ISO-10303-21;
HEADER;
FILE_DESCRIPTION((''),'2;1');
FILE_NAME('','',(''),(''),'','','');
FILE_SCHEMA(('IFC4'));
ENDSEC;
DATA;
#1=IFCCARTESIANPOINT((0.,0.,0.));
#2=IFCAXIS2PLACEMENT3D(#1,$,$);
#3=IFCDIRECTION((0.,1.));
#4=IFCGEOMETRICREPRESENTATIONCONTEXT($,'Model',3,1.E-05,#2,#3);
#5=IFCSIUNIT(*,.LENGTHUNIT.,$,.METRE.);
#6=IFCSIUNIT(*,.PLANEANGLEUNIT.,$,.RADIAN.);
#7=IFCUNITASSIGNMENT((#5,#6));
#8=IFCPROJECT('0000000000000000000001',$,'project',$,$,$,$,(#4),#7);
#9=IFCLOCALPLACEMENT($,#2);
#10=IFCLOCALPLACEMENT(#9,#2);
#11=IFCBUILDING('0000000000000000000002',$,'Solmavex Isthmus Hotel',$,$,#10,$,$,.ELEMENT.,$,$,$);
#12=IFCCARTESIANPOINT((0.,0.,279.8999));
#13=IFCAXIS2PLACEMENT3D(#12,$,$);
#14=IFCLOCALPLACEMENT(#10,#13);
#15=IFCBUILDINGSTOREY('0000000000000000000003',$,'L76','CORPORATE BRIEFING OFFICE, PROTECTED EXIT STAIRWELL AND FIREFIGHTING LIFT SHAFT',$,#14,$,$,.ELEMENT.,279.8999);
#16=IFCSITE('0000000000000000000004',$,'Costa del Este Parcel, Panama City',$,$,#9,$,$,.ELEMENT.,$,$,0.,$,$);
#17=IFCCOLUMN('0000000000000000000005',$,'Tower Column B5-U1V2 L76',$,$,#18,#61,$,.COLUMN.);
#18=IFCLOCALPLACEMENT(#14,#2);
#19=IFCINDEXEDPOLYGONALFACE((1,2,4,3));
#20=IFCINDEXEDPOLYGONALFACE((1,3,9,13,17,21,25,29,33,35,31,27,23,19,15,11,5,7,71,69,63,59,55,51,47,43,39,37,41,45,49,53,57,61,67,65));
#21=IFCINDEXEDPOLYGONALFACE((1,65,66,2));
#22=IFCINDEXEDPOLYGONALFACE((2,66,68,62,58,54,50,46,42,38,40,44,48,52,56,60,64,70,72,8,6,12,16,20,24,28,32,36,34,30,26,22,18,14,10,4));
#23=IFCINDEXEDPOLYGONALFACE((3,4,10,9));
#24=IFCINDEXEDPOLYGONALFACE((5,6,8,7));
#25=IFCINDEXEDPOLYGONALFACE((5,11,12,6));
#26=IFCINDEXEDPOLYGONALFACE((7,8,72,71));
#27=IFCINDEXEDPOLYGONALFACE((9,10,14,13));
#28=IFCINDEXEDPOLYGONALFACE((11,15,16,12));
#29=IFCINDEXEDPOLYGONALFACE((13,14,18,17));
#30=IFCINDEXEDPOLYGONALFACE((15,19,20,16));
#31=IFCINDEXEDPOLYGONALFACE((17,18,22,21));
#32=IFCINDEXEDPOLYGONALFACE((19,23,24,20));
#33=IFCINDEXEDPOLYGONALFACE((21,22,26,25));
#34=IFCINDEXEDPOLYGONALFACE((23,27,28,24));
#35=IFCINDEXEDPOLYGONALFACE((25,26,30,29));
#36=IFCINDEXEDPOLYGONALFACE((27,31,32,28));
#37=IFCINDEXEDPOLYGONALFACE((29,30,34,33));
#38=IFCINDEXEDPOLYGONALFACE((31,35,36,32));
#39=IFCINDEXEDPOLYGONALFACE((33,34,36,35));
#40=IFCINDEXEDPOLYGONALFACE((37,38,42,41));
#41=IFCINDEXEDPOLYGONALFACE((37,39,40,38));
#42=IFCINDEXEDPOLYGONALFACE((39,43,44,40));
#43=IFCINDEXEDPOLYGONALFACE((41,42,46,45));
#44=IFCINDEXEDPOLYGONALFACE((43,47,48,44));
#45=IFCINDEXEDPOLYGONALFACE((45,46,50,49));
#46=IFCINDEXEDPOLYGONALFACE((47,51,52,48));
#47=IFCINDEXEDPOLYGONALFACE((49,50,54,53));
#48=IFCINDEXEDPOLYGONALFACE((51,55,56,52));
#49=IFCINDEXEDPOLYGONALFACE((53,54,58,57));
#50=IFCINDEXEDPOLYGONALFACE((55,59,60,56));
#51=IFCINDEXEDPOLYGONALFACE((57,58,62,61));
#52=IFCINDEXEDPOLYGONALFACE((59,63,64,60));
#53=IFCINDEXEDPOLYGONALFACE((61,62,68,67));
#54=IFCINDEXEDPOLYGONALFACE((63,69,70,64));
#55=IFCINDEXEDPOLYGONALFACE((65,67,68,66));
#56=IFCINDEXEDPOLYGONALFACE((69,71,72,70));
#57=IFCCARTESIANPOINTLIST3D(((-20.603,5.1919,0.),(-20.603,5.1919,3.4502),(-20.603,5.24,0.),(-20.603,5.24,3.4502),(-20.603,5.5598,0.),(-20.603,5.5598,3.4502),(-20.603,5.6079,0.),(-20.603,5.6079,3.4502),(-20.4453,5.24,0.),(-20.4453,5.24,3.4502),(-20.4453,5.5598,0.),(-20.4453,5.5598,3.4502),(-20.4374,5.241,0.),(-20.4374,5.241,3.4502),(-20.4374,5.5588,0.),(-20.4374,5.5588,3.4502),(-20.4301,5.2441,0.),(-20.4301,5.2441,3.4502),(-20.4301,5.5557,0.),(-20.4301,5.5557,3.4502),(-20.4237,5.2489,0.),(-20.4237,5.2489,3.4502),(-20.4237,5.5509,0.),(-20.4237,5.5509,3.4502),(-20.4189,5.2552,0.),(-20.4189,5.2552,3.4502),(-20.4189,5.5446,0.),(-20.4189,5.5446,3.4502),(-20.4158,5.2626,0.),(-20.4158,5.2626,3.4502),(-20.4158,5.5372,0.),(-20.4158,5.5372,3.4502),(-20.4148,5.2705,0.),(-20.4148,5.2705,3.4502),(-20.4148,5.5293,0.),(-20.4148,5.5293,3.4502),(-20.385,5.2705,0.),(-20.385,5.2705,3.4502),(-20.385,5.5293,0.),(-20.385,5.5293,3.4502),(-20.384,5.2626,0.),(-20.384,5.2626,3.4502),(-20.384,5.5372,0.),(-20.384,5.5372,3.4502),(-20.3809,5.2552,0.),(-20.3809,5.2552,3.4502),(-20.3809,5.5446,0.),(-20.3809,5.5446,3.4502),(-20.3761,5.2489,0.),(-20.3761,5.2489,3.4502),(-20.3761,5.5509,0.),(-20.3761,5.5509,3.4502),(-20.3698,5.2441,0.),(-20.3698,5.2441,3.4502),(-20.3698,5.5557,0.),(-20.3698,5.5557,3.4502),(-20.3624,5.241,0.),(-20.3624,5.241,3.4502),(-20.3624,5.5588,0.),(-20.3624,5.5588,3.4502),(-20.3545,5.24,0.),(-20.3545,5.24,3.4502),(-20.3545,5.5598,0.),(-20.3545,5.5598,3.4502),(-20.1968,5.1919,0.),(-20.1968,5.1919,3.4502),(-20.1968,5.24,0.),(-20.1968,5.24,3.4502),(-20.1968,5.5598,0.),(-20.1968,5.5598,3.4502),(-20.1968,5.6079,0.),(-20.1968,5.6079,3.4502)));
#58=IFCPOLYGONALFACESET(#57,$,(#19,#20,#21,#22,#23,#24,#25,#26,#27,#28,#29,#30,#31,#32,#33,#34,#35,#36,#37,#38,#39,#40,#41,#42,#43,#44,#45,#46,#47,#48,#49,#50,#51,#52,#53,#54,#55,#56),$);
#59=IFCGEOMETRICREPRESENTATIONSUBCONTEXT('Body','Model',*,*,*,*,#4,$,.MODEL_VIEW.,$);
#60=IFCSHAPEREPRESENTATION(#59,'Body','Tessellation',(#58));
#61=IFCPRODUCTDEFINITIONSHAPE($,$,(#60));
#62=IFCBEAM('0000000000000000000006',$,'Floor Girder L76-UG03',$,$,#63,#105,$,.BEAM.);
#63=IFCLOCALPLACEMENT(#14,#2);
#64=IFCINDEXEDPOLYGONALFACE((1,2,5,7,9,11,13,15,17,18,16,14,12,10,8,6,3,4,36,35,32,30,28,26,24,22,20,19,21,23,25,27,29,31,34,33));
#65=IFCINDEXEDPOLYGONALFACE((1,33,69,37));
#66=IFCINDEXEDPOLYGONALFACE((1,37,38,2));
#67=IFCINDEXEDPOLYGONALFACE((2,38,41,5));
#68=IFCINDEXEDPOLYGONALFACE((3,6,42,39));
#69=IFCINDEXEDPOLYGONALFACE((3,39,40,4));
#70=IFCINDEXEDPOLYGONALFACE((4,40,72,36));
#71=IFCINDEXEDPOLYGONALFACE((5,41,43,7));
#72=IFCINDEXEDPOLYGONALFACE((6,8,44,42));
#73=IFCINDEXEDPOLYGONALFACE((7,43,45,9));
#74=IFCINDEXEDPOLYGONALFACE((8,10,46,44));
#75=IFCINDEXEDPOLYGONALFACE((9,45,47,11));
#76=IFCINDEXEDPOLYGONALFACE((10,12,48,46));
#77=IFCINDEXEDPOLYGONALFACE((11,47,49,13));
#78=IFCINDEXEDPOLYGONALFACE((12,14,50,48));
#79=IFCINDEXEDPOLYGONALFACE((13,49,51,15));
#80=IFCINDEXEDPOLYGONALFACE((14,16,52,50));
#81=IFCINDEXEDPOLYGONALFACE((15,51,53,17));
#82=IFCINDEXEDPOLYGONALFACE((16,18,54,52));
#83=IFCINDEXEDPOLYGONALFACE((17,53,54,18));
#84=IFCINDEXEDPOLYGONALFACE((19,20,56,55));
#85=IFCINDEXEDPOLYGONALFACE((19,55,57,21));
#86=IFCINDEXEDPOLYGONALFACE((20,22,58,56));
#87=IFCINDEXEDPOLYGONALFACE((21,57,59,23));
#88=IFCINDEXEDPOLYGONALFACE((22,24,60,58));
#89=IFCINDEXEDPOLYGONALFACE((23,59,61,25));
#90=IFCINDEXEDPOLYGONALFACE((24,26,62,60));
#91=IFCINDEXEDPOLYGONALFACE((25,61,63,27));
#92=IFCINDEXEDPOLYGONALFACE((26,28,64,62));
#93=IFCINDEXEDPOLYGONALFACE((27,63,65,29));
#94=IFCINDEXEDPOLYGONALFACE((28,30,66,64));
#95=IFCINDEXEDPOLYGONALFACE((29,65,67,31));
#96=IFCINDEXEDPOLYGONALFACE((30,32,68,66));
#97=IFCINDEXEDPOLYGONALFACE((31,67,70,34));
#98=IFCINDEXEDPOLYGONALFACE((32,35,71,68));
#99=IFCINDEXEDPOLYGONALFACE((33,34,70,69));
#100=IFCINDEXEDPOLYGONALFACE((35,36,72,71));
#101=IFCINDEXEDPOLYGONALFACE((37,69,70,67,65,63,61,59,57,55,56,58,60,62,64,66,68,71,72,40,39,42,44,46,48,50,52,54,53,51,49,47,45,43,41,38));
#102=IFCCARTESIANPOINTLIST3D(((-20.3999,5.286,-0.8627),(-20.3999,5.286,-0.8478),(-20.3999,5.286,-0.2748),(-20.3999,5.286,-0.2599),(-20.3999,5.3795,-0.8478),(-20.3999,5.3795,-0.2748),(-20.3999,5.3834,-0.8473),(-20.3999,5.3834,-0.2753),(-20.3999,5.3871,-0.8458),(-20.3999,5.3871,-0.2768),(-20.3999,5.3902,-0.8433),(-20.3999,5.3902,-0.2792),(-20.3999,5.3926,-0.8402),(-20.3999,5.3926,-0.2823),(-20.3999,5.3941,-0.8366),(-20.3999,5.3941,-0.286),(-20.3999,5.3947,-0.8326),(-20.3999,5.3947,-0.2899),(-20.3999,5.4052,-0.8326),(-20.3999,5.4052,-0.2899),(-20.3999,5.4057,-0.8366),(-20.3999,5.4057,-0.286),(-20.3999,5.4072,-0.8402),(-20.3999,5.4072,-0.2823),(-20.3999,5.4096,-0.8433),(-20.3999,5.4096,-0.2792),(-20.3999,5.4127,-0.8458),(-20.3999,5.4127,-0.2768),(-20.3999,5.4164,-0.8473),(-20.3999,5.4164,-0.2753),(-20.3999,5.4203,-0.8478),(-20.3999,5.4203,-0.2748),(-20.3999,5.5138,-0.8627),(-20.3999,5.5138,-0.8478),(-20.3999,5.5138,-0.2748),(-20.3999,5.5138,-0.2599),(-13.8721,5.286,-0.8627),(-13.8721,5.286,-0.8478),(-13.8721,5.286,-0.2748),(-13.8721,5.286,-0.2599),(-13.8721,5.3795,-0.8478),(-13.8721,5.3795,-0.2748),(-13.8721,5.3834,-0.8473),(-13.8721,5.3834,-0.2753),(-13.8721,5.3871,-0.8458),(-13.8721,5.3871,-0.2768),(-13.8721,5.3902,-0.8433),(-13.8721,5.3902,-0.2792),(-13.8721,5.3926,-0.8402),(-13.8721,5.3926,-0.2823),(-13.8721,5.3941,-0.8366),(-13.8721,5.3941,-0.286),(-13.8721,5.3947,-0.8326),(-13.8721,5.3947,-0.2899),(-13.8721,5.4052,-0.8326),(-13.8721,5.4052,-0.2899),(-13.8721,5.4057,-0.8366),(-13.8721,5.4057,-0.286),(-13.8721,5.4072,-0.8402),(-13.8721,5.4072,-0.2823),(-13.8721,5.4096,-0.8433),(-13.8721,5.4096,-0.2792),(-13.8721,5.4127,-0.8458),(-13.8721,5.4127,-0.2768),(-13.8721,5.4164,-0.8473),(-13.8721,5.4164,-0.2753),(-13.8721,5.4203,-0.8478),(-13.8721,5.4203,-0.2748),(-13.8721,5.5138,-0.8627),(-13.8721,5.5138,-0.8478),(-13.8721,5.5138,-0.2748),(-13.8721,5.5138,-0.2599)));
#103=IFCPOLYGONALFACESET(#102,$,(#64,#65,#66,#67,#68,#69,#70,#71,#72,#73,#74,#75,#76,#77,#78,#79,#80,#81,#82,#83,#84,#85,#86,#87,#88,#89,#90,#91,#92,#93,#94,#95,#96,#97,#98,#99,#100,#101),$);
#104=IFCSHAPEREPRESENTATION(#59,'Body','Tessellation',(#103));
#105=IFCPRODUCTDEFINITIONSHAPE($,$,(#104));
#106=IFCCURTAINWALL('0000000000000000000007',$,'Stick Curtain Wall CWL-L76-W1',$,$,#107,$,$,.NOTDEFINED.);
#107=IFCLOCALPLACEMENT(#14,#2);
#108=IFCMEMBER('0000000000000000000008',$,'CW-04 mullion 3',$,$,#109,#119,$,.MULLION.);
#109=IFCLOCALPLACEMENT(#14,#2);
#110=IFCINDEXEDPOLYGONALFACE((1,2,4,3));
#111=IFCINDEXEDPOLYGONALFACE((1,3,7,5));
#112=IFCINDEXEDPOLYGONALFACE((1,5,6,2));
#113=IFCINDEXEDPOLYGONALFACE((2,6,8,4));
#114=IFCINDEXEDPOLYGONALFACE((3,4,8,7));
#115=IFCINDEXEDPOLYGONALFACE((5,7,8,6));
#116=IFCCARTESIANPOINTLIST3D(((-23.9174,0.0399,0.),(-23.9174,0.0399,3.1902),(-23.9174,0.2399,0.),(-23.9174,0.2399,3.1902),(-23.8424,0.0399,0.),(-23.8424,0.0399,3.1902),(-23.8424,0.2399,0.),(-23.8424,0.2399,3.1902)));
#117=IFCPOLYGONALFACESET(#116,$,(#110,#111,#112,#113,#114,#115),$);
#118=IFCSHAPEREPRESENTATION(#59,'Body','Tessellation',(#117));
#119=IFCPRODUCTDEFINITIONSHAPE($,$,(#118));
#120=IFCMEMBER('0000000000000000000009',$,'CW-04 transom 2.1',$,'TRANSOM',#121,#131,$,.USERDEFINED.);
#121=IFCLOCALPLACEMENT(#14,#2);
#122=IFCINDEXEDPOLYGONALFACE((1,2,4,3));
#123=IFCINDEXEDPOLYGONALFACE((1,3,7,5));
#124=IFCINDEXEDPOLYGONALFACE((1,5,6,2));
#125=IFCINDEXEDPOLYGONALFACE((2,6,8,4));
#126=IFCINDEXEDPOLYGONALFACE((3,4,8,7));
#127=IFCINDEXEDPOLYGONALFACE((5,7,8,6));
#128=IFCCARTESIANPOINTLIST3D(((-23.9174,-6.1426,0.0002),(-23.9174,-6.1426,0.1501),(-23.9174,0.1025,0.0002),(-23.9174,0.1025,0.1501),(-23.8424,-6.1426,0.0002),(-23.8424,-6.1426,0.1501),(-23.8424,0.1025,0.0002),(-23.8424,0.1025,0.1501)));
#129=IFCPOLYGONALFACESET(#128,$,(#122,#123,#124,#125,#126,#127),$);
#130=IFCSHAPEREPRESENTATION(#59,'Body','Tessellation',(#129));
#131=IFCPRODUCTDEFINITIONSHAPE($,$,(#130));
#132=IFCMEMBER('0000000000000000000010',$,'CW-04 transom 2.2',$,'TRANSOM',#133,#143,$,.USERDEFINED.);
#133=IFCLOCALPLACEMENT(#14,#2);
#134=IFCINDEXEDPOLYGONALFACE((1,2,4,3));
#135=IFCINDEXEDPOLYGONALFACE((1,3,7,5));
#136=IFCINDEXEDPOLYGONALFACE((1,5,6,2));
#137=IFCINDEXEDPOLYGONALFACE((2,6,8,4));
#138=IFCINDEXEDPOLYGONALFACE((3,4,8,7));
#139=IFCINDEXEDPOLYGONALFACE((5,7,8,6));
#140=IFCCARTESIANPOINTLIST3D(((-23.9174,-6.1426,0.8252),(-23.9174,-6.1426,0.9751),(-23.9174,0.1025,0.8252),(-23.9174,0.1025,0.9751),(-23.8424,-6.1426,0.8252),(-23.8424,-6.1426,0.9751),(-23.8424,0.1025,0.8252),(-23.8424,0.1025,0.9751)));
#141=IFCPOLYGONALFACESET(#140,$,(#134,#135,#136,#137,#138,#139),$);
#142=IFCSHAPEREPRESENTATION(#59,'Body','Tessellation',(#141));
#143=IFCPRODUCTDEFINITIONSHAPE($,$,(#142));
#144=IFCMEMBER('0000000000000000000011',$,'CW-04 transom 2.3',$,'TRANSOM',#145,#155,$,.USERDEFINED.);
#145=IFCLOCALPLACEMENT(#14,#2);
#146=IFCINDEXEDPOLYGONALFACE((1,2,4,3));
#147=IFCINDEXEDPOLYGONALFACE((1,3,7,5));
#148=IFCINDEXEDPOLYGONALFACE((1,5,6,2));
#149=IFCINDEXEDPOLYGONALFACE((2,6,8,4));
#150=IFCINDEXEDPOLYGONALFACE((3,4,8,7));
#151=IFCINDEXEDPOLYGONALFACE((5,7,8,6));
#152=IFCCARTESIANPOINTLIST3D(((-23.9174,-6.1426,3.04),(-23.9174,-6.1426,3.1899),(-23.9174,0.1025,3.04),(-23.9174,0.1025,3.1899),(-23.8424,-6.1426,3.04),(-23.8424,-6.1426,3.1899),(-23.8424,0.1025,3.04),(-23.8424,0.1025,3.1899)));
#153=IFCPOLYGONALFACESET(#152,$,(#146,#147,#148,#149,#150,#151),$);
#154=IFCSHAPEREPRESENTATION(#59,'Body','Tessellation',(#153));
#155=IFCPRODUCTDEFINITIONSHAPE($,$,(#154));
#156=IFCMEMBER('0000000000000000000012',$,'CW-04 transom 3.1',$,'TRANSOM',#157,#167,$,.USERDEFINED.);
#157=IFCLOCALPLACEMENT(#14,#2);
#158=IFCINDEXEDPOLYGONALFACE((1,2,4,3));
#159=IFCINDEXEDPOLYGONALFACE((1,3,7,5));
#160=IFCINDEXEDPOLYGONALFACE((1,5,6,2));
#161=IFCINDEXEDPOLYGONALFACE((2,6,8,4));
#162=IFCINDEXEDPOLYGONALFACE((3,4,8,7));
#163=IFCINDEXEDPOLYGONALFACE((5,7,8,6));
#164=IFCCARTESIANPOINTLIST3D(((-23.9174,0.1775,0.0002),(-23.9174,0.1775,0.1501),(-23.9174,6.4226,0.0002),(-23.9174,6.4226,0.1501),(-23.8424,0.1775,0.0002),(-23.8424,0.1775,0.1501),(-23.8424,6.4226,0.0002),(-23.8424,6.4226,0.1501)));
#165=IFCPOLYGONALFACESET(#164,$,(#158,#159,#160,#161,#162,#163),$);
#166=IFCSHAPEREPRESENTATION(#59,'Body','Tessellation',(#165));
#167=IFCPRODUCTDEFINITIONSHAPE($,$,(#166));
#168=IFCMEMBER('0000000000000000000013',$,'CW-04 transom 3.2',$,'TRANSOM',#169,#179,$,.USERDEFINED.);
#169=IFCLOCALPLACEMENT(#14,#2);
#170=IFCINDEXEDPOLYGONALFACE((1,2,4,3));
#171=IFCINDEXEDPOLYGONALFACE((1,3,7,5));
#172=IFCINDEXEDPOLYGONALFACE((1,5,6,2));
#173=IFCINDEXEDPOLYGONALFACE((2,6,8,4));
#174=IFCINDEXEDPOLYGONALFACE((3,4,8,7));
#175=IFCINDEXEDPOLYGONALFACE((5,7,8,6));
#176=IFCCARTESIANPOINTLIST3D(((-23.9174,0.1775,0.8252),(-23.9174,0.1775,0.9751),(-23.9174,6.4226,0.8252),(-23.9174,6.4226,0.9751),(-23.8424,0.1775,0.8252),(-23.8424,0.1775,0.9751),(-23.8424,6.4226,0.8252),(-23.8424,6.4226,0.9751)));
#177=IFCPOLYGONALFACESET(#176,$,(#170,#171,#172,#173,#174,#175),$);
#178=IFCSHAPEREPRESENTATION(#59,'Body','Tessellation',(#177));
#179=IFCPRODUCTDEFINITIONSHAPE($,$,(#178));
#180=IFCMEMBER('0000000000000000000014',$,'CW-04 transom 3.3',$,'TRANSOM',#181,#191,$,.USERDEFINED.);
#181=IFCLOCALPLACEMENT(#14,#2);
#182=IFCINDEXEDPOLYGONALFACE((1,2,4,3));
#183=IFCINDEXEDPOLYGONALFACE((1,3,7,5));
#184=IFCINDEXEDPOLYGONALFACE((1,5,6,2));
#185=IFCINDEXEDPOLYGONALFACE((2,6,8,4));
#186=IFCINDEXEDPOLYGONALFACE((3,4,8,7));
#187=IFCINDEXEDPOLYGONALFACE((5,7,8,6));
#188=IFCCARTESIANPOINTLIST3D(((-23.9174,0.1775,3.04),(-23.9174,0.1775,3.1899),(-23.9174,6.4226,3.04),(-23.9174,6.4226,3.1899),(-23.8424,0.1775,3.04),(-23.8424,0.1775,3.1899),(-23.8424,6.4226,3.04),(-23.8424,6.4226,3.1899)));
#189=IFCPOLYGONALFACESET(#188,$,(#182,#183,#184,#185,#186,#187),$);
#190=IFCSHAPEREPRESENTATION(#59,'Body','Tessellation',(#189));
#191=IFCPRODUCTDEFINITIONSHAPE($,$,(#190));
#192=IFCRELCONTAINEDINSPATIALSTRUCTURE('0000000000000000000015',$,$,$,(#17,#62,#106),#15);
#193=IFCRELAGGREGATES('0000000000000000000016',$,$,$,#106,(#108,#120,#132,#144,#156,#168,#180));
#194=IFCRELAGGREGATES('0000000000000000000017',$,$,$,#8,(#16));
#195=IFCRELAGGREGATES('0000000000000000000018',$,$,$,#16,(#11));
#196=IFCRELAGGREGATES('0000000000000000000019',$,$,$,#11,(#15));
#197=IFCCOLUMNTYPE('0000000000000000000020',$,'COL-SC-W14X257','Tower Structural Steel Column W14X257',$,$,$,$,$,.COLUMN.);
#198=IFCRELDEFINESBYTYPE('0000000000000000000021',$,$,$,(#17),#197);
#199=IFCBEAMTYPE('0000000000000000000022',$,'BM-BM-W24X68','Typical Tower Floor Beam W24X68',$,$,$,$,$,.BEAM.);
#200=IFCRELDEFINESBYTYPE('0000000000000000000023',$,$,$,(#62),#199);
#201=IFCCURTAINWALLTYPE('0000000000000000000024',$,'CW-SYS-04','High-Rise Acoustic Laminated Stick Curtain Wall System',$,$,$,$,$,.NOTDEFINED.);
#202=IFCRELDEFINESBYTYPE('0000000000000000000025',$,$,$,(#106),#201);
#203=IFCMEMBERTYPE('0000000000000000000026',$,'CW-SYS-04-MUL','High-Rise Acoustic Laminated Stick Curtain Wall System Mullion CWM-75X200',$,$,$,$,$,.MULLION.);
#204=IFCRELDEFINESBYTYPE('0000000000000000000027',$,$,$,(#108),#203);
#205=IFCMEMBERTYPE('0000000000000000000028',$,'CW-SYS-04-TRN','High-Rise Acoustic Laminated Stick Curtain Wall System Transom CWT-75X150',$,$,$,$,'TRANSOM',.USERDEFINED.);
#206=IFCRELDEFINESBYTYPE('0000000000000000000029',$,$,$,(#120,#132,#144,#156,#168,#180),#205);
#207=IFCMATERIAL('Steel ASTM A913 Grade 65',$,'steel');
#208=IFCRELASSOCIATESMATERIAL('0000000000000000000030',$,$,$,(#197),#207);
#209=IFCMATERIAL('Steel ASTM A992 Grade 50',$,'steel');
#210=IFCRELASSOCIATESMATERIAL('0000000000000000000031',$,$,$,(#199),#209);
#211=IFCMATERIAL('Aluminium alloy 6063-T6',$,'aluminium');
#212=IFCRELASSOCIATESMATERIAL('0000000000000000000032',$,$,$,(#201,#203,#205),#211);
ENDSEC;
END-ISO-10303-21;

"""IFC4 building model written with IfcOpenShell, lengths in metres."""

from ifc_helpers import new_model, si_unit, direction, frame, origin, origin_2d, place, context, subcontext, project, spatial, rectangle, i_section, extrude, material, material_profile, profile_set, type_object, element, aggregate, save


model = new_model("IFC4")

# Units and contexts
model_context = context("Model", 3, precision=1e-05, world=origin(), true_north=direction((0.0, 1.0)))
body_context = subcontext(model_context, "Body", "Model", "MODEL_VIEW")
ifc_project = project(units=[si_unit("LENGTHUNIT", "METRE"), si_unit("PLANEANGLEUNIT", "RADIAN")], contexts=[model_context])

# Site, building, storey
site_placement = place(None, origin())
site = spatial("IfcSite", under=ifc_project, at=site_placement, Name="Costa del Este Parcel, Panama City", CompositionType="ELEMENT", RefElevation=0.0)
building_placement = place(site_placement, origin())
building = spatial("IfcBuilding", under=site, at=building_placement, Name="Solmavex Isthmus Hotel", CompositionType="ELEMENT")
storey_placement = place(building_placement, frame((0.0, 0.0, 279.8999)))
storey = spatial("IfcBuildingStorey", under=building, at=storey_placement, Name="L76", Description="CORPORATE BRIEFING OFFICE, PROTECTED EXIT STAIRWELL AND FIREFIGHTING LIFT SHAFT", CompositionType="ELEMENT", Elevation=279.8999)

# Column
ifc_material_1 = material(Name="Steel ASTM A913 Grade 65", Category="steel")
ifc_material_profile_1 = material_profile(ifc_material_1, i_section(OverallWidth=0.4062, OverallDepth=0.416, WebThickness=0.0298, FlangeThickness=0.0481, FilletRadius=0.0305, at=origin_2d()), Name="W14X257")
ifc_profile_set_1 = profile_set([ifc_material_profile_1], Name="Steel ASTM A913 Grade 65")
column_type = type_object("IfcColumnType", Name="COL-SC-W14X257", Description="Tower Structural Steel Column W14X257", PredefinedType="COLUMN", material=ifc_profile_set_1)
column_placement = place(storey_placement, frame((-20.3999, 5.3999, 0.0), z_axis=(0.0, 0.0, 1.0), x_axis=(1.0, 0.0, 0.0)))
element("IfcColumn", 1, at=column_placement, inside=storey, type_object=column_type, Name="Tower Column B5-U1V2 L76", PredefinedType="COLUMN", context=body_context, shape_type="SweptSolid", body=[
    extrude(i_section(OverallWidth=0.4062, OverallDepth=0.416, WebThickness=0.0298, FlangeThickness=0.0481, FilletRadius=0.0305, at=origin_2d()), origin(), (0.0, 0.0, 1.0), 3.4502),
])

# Beam
ifc_material_2 = material(Name="Steel ASTM A992 Grade 50", Category="steel")
ifc_material_profile_2 = material_profile(ifc_material_2, i_section(OverallWidth=0.2278, OverallDepth=0.6028, WebThickness=0.0105, FlangeThickness=0.0149, FilletRadius=0.0151, at=origin_2d()), Name="W24X68")
ifc_profile_set_2 = profile_set([ifc_material_profile_2], Name="Steel ASTM A992 Grade 50")
beam_type = type_object("IfcBeamType", Name="BM-BM-W24X68", Description="Typical Tower Floor Beam W24X68", PredefinedType="BEAM", material=ifc_profile_set_2)
beam_placement = place(storey_placement, frame((-20.3999, 5.3999, -0.5613), z_axis=(1.0, 0.0, 0.0), x_axis=(0.0, 1.0, 0.0)))
element("IfcBeam", 2, at=beam_placement, inside=storey, type_object=beam_type, Name="Floor Girder L76-UG03", PredefinedType="BEAM", context=body_context, shape_type="SweptSolid", body=[
    extrude(i_section(OverallWidth=0.2278, OverallDepth=0.6028, WebThickness=0.0105, FlangeThickness=0.0149, FilletRadius=0.0151, at=origin_2d()), origin(), (0.0, 0.0, 1.0), 6.5278),
])

# Curtain wall, members
ifc_material_3 = material(Name="Aluminium alloy 6063-T6", Category="aluminium")
curtain_wall_type = type_object("IfcCurtainWallType", Name="CW-SYS-04", Description="High-Rise Acoustic Laminated Stick Curtain Wall System", PredefinedType="NOTDEFINED", material=ifc_material_3)
curtain_wall_placement = place(storey_placement, origin())
curtain_wall = element("IfcCurtainWall", 3, at=curtain_wall_placement, inside=storey, type_object=curtain_wall_type, Name="Stick Curtain Wall CWL-L76-W1", PredefinedType="NOTDEFINED")
ifc_material_profile_3 = material_profile(ifc_material_3, rectangle(XDim=0.075, YDim=0.2, at=origin_2d()), Name="CWM-75X200")
ifc_profile_set_3 = profile_set([ifc_material_profile_3], Name="Aluminium alloy 6063-T6")
member_type_1 = type_object("IfcMemberType", Name="CW-SYS-04-MUL", Description="High-Rise Acoustic Laminated Stick Curtain Wall System Mullion CWM-75X200", PredefinedType="MULLION", material=ifc_profile_set_3)
member_1_placement = place(storey_placement, frame((-23.8799, 0.1399, 0.0), z_axis=(0.0, 0.0, 1.0), x_axis=(-1.0, 0.0, 0.0)))
member_1 = element("IfcMember", 4, at=member_1_placement, type_object=member_type_1, Name="CW-04 mullion 3", PredefinedType="MULLION", context=body_context, shape_type="SweptSolid", body=[
    extrude(rectangle(XDim=0.075, YDim=0.2, at=origin_2d()), origin(), (0.0, 0.0, 1.0), 3.1902),
])
ifc_material_profile_4 = material_profile(ifc_material_3, rectangle(XDim=0.075, YDim=0.1499, at=origin_2d()), Name="CWT-75X150")
ifc_profile_set_4 = profile_set([ifc_material_profile_4], Name="Aluminium alloy 6063-T6")
member_type_2 = type_object("IfcMemberType", Name="CW-SYS-04-TRN", Description="High-Rise Acoustic Laminated Stick Curtain Wall System Transom CWT-75X150", ElementType="TRANSOM", PredefinedType="USERDEFINED", material=ifc_profile_set_4)
member_2_placement = place(storey_placement, frame((-23.8799, -6.1426, 0.0752), z_axis=(0.0, 1.0, 0.0), x_axis=(-1.0, 0.0, 0.0)))
member_2 = element("IfcMember", 5, at=member_2_placement, type_object=member_type_2, Name="CW-04 transom 2.1", ObjectType="TRANSOM", PredefinedType="USERDEFINED", context=body_context, shape_type="SweptSolid", body=[
    extrude(rectangle(XDim=0.075, YDim=0.1499, at=origin_2d()), origin(), (0.0, 0.0, 1.0), 6.2451),
])
member_3_placement = place(storey_placement, frame((-23.8799, -6.1426, 0.9001), z_axis=(0.0, 1.0, 0.0), x_axis=(-1.0, 0.0, 0.0)))
member_3 = element("IfcMember", 6, at=member_3_placement, type_object=member_type_2, Name="CW-04 transom 2.2", ObjectType="TRANSOM", PredefinedType="USERDEFINED", context=body_context, shape_type="SweptSolid", body=[
    extrude(rectangle(XDim=0.075, YDim=0.1499, at=origin_2d()), origin(), (0.0, 0.0, 1.0), 6.2451),
])
member_4_placement = place(storey_placement, frame((-23.8799, -6.1426, 3.115), z_axis=(0.0, 1.0, 0.0), x_axis=(-1.0, 0.0, 0.0)))
member_4 = element("IfcMember", 7, at=member_4_placement, type_object=member_type_2, Name="CW-04 transom 2.3", ObjectType="TRANSOM", PredefinedType="USERDEFINED", context=body_context, shape_type="SweptSolid", body=[
    extrude(rectangle(XDim=0.075, YDim=0.1499, at=origin_2d()), origin(), (0.0, 0.0, 1.0), 6.2451),
])
member_5_placement = place(storey_placement, frame((-23.8799, 0.1775, 0.0752), z_axis=(0.0, 1.0, 0.0), x_axis=(-1.0, 0.0, 0.0)))
member_5 = element("IfcMember", 8, at=member_5_placement, type_object=member_type_2, Name="CW-04 transom 3.1", ObjectType="TRANSOM", PredefinedType="USERDEFINED", context=body_context, shape_type="SweptSolid", body=[
    extrude(rectangle(XDim=0.075, YDim=0.1499, at=origin_2d()), origin(), (0.0, 0.0, 1.0), 6.2451),
])
member_6_placement = place(storey_placement, frame((-23.8799, 0.1775, 0.9001), z_axis=(0.0, 1.0, 0.0), x_axis=(-1.0, 0.0, 0.0)))
member_6 = element("IfcMember", 9, at=member_6_placement, type_object=member_type_2, Name="CW-04 transom 3.2", ObjectType="TRANSOM", PredefinedType="USERDEFINED", context=body_context, shape_type="SweptSolid", body=[
    extrude(rectangle(XDim=0.075, YDim=0.1499, at=origin_2d()), origin(), (0.0, 0.0, 1.0), 6.2451),
])
member_7_placement = place(storey_placement, frame((-23.8799, 0.1775, 3.115), z_axis=(0.0, 1.0, 0.0), x_axis=(-1.0, 0.0, 0.0)))
member_7 = element("IfcMember", 10, at=member_7_placement, type_object=member_type_2, Name="CW-04 transom 3.3", ObjectType="TRANSOM", PredefinedType="USERDEFINED", context=body_context, shape_type="SweptSolid", body=[
    extrude(rectangle(XDim=0.075, YDim=0.1499, at=origin_2d()), origin(), (0.0, 0.0, 1.0), 6.2451),
])
aggregate(curtain_wall, [member_1, member_2, member_3, member_4, member_5, member_6, member_7])

save(model, "model.ifc")
